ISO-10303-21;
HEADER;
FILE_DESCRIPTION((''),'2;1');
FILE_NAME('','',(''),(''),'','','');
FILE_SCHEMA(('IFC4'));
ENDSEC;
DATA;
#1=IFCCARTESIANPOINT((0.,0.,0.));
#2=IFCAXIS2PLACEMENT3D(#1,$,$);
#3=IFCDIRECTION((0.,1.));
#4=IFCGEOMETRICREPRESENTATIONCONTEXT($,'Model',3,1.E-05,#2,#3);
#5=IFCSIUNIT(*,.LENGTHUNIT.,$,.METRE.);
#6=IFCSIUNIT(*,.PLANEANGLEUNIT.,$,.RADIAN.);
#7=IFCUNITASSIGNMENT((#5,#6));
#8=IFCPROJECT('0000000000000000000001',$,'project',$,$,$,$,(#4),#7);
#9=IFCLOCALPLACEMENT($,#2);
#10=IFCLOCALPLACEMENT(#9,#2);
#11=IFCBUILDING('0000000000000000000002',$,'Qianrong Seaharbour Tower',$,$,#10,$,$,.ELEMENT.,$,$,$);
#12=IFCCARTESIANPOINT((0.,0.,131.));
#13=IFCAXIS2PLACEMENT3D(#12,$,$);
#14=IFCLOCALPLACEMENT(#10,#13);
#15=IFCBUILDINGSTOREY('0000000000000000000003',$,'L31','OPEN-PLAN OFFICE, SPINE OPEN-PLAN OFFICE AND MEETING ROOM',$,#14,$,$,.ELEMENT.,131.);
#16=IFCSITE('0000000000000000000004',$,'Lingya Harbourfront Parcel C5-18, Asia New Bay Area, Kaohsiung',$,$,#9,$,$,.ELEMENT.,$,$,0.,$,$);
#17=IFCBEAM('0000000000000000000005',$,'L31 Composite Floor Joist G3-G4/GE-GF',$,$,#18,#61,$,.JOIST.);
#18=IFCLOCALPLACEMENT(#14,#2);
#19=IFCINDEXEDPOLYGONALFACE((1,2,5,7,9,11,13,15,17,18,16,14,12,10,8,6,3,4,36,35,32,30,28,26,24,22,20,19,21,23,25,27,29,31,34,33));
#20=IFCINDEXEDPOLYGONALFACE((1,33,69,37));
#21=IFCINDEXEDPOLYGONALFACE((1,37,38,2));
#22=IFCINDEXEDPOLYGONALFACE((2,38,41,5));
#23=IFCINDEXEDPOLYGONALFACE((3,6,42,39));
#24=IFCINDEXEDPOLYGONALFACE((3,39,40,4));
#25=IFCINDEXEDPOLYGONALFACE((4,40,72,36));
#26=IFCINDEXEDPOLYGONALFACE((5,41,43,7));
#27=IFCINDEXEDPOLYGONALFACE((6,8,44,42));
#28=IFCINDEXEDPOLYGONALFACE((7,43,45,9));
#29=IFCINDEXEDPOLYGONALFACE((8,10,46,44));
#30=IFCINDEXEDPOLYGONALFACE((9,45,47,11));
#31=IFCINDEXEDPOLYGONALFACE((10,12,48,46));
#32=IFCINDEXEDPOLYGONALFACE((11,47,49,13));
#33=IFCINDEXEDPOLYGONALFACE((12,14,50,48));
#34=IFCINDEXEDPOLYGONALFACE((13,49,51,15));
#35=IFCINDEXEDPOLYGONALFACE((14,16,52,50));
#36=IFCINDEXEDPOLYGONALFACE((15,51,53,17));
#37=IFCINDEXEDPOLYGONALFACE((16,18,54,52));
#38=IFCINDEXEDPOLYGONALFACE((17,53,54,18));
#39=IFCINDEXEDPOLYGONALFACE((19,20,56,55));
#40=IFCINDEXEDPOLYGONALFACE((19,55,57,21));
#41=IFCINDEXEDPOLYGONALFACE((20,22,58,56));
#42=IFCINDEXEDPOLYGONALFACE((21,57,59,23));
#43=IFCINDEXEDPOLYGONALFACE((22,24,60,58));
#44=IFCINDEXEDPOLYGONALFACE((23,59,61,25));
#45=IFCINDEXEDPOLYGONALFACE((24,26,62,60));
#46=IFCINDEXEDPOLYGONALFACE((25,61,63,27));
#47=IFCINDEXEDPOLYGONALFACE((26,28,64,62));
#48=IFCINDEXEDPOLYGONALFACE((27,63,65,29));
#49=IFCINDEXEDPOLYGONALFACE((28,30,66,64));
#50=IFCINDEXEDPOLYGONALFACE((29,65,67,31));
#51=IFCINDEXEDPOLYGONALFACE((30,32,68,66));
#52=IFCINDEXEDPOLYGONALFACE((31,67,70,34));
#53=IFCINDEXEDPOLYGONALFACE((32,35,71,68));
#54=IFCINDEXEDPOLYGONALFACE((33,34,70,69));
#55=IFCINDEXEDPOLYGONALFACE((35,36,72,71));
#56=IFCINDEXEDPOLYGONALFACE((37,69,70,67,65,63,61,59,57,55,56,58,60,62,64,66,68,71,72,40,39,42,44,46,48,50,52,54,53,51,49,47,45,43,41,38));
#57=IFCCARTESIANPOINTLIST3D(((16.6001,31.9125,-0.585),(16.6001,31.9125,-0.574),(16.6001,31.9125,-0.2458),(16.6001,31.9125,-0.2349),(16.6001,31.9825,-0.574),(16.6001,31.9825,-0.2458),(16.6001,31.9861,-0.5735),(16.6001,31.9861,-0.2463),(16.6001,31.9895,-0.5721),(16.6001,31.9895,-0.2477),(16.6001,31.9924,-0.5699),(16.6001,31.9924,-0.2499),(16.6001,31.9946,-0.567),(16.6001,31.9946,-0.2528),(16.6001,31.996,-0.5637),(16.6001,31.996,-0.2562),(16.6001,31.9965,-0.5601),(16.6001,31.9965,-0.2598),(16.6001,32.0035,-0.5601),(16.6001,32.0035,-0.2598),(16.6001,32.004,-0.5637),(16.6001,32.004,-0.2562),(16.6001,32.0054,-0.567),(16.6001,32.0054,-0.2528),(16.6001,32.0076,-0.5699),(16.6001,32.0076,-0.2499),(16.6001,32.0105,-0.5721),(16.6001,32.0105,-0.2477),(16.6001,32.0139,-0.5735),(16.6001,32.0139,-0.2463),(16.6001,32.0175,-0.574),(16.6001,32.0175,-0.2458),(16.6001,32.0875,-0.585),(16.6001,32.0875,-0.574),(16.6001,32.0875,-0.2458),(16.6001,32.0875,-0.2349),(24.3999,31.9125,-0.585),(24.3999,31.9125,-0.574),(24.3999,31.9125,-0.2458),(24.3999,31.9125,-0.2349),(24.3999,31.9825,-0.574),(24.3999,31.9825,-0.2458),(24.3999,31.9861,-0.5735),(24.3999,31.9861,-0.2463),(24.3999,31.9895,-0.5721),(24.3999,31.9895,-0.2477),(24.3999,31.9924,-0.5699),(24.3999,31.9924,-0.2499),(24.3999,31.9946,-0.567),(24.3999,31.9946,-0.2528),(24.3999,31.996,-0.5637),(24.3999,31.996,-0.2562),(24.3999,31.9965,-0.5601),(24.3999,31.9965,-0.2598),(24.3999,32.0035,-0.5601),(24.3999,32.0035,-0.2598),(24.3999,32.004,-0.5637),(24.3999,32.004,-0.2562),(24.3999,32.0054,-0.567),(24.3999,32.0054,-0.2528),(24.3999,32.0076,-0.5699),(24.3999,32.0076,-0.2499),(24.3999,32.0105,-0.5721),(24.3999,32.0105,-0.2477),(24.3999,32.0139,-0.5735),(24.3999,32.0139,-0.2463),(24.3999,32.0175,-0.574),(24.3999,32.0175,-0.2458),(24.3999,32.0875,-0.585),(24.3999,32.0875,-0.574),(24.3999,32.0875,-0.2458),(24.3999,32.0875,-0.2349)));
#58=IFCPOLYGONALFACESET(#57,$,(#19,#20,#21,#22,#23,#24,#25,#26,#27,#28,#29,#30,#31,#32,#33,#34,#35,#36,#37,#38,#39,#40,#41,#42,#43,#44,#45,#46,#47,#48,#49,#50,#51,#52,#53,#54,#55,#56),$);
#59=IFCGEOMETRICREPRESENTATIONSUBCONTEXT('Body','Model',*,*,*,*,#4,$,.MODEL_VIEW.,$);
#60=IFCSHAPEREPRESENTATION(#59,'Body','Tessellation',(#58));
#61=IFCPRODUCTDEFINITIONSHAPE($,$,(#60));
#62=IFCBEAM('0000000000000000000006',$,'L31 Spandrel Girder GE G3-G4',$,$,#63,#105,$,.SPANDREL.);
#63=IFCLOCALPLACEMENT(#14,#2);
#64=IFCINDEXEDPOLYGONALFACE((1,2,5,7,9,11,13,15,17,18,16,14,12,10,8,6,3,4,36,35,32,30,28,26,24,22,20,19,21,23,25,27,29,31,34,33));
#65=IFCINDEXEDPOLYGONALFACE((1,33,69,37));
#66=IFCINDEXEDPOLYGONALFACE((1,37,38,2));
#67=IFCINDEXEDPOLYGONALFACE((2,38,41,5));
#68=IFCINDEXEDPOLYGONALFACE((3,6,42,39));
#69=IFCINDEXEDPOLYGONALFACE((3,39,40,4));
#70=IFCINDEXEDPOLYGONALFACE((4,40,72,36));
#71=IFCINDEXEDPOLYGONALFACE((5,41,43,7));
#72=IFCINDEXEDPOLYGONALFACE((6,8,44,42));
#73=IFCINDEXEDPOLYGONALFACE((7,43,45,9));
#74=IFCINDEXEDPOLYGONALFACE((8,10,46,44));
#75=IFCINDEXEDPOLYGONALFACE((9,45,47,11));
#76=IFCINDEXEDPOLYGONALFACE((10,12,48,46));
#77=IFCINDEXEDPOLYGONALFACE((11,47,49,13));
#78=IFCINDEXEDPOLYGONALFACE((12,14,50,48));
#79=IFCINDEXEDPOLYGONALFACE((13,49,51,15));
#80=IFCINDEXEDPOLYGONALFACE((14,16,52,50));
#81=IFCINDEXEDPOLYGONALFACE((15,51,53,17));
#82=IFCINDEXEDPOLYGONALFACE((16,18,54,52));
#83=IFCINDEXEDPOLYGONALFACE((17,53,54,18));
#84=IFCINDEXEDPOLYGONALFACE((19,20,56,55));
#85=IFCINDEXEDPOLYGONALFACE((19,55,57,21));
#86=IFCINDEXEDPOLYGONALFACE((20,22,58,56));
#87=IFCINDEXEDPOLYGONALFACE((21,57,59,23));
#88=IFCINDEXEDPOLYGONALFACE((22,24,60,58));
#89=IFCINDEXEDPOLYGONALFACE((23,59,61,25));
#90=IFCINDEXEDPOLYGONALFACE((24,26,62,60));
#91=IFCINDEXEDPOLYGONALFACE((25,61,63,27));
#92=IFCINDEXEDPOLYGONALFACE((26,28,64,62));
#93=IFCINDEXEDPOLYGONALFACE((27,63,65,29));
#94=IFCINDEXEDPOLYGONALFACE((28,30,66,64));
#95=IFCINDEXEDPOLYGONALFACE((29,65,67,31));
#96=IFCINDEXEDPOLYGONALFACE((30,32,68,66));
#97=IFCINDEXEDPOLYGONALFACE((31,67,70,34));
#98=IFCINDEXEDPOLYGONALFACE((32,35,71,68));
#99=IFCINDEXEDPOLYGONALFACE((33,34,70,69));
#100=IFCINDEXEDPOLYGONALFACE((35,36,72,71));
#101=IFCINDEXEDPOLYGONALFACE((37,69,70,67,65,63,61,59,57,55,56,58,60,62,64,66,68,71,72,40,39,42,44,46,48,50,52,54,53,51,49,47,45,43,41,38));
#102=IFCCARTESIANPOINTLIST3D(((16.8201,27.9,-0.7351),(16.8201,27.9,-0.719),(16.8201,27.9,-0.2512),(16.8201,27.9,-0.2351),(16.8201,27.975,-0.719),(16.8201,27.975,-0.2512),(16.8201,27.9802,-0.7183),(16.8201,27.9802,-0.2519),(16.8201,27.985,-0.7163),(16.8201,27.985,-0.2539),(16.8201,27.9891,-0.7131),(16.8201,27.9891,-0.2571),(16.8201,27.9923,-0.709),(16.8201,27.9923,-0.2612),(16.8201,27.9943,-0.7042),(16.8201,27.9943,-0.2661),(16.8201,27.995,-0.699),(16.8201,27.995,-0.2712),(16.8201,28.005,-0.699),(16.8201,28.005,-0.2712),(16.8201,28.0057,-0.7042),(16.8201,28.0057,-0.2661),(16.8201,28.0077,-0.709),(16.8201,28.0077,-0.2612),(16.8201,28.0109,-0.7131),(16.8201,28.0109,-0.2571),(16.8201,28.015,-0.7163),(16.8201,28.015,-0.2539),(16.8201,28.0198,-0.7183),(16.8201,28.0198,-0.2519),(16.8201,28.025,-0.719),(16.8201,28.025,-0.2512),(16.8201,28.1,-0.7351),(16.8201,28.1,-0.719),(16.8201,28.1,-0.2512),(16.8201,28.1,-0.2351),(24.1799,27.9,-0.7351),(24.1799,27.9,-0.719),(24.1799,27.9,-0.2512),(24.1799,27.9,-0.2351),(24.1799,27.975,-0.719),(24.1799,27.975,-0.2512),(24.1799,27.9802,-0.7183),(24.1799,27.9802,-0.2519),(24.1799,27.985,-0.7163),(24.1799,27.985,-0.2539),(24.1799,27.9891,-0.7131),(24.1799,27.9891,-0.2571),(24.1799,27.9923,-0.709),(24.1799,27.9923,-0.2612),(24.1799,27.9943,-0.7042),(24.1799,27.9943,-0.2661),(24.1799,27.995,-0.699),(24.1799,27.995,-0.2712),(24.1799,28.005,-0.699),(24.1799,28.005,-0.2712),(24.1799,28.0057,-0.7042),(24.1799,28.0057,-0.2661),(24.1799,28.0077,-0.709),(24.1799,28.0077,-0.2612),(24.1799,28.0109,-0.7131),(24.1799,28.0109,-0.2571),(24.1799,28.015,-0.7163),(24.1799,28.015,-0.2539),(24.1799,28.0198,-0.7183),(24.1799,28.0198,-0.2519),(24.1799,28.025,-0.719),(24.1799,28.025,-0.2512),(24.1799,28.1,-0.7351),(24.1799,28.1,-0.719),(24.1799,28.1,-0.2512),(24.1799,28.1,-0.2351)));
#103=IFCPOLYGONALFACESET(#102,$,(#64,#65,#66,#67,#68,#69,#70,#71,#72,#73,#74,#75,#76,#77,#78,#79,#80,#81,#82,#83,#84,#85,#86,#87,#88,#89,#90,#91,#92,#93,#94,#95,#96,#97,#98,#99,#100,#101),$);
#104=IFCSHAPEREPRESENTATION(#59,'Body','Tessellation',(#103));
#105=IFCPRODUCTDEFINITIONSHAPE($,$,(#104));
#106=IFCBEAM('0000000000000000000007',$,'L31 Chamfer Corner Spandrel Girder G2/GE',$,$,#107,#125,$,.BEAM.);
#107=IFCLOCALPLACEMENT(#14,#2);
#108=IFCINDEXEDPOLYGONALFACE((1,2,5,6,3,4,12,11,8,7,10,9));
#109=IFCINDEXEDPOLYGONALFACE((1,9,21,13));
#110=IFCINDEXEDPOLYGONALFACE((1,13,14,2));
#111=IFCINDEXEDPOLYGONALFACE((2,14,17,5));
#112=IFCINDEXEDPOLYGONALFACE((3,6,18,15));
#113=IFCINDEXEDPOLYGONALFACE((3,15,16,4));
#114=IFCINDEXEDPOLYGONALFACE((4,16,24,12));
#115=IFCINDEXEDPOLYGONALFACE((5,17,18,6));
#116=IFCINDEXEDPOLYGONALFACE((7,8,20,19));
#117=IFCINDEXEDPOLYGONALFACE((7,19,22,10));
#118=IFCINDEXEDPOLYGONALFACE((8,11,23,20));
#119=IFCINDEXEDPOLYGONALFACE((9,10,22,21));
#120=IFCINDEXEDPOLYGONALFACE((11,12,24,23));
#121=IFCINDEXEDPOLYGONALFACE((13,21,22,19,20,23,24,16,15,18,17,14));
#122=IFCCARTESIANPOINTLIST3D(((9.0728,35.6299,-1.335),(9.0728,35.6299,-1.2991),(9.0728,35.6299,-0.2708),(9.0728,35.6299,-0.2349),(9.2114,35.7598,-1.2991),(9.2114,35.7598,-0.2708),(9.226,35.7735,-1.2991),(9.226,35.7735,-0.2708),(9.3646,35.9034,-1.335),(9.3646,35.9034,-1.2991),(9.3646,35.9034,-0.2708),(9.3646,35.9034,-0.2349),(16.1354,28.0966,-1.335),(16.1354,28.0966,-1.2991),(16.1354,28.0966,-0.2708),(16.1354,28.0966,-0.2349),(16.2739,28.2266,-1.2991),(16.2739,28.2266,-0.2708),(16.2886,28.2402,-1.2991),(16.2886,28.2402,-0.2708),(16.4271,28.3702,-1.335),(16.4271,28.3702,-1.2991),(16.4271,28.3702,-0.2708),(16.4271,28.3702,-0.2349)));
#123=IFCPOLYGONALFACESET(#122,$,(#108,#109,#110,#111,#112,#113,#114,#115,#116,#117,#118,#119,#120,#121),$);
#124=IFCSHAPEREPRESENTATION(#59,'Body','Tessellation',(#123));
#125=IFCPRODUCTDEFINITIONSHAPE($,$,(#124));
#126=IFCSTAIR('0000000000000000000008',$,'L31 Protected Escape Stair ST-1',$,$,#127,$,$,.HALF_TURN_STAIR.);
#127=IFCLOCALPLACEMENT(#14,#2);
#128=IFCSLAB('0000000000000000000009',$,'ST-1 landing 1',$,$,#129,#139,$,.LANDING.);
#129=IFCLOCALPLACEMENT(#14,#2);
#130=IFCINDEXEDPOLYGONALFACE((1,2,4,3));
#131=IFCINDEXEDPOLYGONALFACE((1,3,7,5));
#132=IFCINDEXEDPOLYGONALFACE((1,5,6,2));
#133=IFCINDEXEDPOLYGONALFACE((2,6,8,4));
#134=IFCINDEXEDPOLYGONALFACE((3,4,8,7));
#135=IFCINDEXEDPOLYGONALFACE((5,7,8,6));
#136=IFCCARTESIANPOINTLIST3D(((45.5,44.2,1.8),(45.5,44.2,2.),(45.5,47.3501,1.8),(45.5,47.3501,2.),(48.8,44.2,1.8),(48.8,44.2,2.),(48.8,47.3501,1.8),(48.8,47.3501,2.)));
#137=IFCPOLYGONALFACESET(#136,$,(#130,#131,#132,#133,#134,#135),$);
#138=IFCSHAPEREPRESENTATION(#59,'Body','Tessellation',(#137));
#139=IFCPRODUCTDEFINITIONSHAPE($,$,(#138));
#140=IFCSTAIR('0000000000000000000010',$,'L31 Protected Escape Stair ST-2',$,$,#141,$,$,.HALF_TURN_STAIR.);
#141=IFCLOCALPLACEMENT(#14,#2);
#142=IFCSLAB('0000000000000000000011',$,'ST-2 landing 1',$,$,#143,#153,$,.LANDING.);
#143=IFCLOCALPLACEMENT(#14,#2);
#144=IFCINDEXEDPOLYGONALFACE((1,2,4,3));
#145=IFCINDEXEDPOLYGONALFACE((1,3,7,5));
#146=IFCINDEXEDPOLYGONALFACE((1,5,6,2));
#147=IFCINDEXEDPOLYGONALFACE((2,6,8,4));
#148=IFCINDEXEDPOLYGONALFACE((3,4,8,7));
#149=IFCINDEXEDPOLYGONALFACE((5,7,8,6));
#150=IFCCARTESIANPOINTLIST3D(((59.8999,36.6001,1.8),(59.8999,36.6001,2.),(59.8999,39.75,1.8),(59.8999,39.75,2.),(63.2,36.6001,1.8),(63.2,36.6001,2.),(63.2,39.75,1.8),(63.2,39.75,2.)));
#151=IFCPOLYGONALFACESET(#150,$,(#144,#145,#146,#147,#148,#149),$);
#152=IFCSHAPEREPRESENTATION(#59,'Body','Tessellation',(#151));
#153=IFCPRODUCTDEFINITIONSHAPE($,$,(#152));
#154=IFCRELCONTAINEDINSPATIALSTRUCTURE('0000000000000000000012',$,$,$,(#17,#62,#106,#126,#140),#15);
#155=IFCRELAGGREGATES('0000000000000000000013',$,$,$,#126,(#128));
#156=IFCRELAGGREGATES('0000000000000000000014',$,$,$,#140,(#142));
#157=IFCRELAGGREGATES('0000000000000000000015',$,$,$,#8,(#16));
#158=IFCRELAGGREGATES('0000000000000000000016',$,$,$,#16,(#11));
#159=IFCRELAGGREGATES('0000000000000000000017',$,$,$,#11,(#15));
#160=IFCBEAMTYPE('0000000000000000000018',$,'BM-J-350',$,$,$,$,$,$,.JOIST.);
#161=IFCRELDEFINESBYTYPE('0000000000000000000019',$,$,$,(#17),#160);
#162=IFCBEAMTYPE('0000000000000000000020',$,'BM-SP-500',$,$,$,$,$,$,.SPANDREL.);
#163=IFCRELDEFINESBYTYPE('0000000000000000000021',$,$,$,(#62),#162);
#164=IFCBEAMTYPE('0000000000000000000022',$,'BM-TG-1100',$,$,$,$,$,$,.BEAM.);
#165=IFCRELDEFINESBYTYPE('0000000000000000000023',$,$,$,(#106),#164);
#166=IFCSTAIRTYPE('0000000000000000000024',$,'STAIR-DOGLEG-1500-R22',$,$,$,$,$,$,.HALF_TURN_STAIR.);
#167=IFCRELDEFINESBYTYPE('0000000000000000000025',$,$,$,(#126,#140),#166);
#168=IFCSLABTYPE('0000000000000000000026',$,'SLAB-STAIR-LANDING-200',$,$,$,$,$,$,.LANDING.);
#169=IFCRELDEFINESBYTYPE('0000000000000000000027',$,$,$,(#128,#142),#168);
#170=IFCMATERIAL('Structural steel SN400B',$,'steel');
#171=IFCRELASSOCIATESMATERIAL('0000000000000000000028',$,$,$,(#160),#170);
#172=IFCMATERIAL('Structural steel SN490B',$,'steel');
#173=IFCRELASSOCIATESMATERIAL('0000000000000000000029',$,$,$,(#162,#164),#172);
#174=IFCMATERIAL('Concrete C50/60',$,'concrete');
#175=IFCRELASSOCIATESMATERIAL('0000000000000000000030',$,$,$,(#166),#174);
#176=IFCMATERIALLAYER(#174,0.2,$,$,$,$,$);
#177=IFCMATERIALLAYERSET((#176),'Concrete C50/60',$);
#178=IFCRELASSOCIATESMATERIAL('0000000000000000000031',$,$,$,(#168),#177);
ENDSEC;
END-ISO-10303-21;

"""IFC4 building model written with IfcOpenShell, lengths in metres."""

from ifc_helpers import new_model, si_unit, direction, frame, origin, origin_2d, place, context, subcontext, project, spatial, polyline, i_section, outline, extrude, material, layer, layer_set, material_profile, profile_set, type_object, element, aggregate, save


model = new_model("IFC4")

# Units and contexts
model_context = context("Model", 3, precision=1e-05, world=origin(), true_north=direction((0.0, 1.0)))
body_context = subcontext(model_context, "Body", "Model", "MODEL_VIEW")
ifc_project = project(units=[si_unit("LENGTHUNIT", "METRE"), si_unit("PLANEANGLEUNIT", "RADIAN")], contexts=[model_context])

# Site, building, storey
site_placement = place(None, origin())
site = spatial("IfcSite", under=ifc_project, at=site_placement, Name="Lingya Harbourfront Parcel C5-18, Asia New Bay Area, Kaohsiung", CompositionType="ELEMENT", RefElevation=0.0)
building_placement = place(site_placement, origin())
building = spatial("IfcBuilding", under=site, at=building_placement, Name="Qianrong Seaharbour Tower", CompositionType="ELEMENT")
storey_placement = place(building_placement, frame((0.0, 0.0, 131.0)))
storey = spatial("IfcBuildingStorey", under=building, at=storey_placement, Name="L31", Description="OPEN-PLAN OFFICE, SPINE OPEN-PLAN OFFICE AND MEETING ROOM", CompositionType="ELEMENT", Elevation=131.0)

# Shared definitions
ifc_material_1 = material(Name="Structural steel SN490B", Category="steel")

# Beams
ifc_material_2 = material(Name="Structural steel SN400B", Category="steel")
ifc_material_profile_1 = material_profile(ifc_material_2, i_section(OverallWidth=0.175, OverallDepth=0.3501, WebThickness=0.0071, FlangeThickness=0.011, FilletRadius=0.0139, at=origin_2d()), Name="H350x175x7x11")
ifc_profile_set_1 = profile_set([ifc_material_profile_1], Name="Structural steel SN400B")
beam_type_1 = type_object("IfcBeamType", Name="BM-J-350", PredefinedType="JOIST", material=ifc_profile_set_1)
beam_1_placement = place(storey_placement, frame((16.6001, 32.0, -0.4099), z_axis=(1.0, 0.0, 0.0), x_axis=(0.0, 1.0, 0.0)))
element("IfcBeam", 1, at=beam_1_placement, inside=storey, type_object=beam_type_1, Name="L31 Composite Floor Joist G3-G4/GE-GF", PredefinedType="JOIST", context=body_context, shape_type="SweptSolid", body=[
    extrude(i_section(OverallWidth=0.175, OverallDepth=0.3501, WebThickness=0.0071, FlangeThickness=0.011, FilletRadius=0.0139, at=origin_2d()), origin(), (0.0, 0.0, 1.0), 7.7998),
])
ifc_material_profile_2 = material_profile(ifc_material_1, i_section(OverallWidth=0.2, OverallDepth=0.5, WebThickness=0.01, FlangeThickness=0.0161, FilletRadius=0.02, at=origin_2d()), Name="H500x200x10x16")
ifc_profile_set_2 = profile_set([ifc_material_profile_2], Name="Structural steel SN490B")
beam_type_2 = type_object("IfcBeamType", Name="BM-SP-500", PredefinedType="SPANDREL", material=ifc_profile_set_2)
beam_2_placement = place(storey_placement, frame((16.8201, 28.0, -0.4851), z_axis=(1.0, 0.0, 0.0), x_axis=(0.0, 1.0, 0.0)))
element("IfcBeam", 2, at=beam_2_placement, inside=storey, type_object=beam_type_2, Name="L31 Spandrel Girder GE G3-G4", PredefinedType="SPANDREL", context=body_context, shape_type="SweptSolid", body=[
    extrude(i_section(OverallWidth=0.2, OverallDepth=0.5, WebThickness=0.01, FlangeThickness=0.0161, FilletRadius=0.02, at=origin_2d()), origin(), (0.0, 0.0, 1.0), 7.3599),
])
ifc_material_profile_3 = material_profile(ifc_material_1, i_section(OverallWidth=0.3999, OverallDepth=1.1001, WebThickness=0.02, FlangeThickness=0.0359, at=origin_2d()), Name="BH1100x400x20x36")
ifc_profile_set_3 = profile_set([ifc_material_profile_3], Name="Structural steel SN490B")
beam_type_3 = type_object("IfcBeamType", Name="BM-TG-1100", PredefinedType="BEAM", material=ifc_profile_set_3)
beam_3_placement = place(storey_placement, frame((16.2812, 28.2334, -0.7849), z_axis=(-0.683947, 0.729531, 0.0), x_axis=(-0.729531, -0.683947, 0.0)))
element("IfcBeam", 3, at=beam_3_placement, inside=storey, type_object=beam_type_3, Name="L31 Chamfer Corner Spandrel Girder G2/GE", PredefinedType="BEAM", context=body_context, shape_type="SweptSolid", body=[
    extrude(i_section(OverallWidth=0.3999, OverallDepth=1.1001, WebThickness=0.02, FlangeThickness=0.0359, at=origin_2d()), origin(), (0.0, 0.0, 1.0), 10.3262),
])

# Stairs, slabs
ifc_material_3 = material(Name="Concrete C50/60", Category="concrete")
stair_type = type_object("IfcStairType", Name="STAIR-DOGLEG-1500-R22", PredefinedType="HALF_TURN_STAIR", material=ifc_material_3)
stair_1_placement = place(storey_placement, origin())
stair_1 = element("IfcStair", 4, at=stair_1_placement, inside=storey, type_object=stair_type, Name="L31 Protected Escape Stair ST-1", PredefinedType="HALF_TURN_STAIR")
ifc_layer_1 = layer(ifc_material_3, 0.2)
ifc_layer_set_1 = layer_set([ifc_layer_1], Name="Concrete C50/60")
slab_type_1 = type_object("IfcSlabType", Name="SLAB-STAIR-LANDING-200", PredefinedType="LANDING", material=ifc_layer_set_1)
slab_1_placement = place(storey_placement, frame((0.0, 0.0, 1.8)))
slab_1 = element("IfcSlab", 5, at=slab_1_placement, type_object=slab_type_1, Name="ST-1 landing 1", PredefinedType="LANDING", context=body_context, shape_type="SweptSolid", body=[
    extrude(outline(polyline([(45.5, 44.2), (48.8, 44.2), (48.8, 47.3501), (45.5, 47.3501), (45.5, 44.2)])), origin(), (0.0, 0.0, 1.0), 0.2),
])
aggregate(stair_1, [slab_1])
stair_2_placement = place(storey_placement, origin())
stair_2 = element("IfcStair", 6, at=stair_2_placement, inside=storey, type_object=stair_type, Name="L31 Protected Escape Stair ST-2", PredefinedType="HALF_TURN_STAIR")
slab_2_placement = place(storey_placement, frame((0.0, 0.0, 1.8)))
slab_2 = element("IfcSlab", 7, at=slab_2_placement, type_object=slab_type_1, Name="ST-2 landing 1", PredefinedType="LANDING", context=body_context, shape_type="SweptSolid", body=[
    extrude(outline(polyline([(59.8999, 36.6001), (63.2, 36.6001), (63.2, 39.75), (59.8999, 39.75), (59.8999, 36.6001)])), origin(), (0.0, 0.0, 1.0), 0.2),
])
aggregate(stair_2, [slab_2])

save(model, "model.ifc")
